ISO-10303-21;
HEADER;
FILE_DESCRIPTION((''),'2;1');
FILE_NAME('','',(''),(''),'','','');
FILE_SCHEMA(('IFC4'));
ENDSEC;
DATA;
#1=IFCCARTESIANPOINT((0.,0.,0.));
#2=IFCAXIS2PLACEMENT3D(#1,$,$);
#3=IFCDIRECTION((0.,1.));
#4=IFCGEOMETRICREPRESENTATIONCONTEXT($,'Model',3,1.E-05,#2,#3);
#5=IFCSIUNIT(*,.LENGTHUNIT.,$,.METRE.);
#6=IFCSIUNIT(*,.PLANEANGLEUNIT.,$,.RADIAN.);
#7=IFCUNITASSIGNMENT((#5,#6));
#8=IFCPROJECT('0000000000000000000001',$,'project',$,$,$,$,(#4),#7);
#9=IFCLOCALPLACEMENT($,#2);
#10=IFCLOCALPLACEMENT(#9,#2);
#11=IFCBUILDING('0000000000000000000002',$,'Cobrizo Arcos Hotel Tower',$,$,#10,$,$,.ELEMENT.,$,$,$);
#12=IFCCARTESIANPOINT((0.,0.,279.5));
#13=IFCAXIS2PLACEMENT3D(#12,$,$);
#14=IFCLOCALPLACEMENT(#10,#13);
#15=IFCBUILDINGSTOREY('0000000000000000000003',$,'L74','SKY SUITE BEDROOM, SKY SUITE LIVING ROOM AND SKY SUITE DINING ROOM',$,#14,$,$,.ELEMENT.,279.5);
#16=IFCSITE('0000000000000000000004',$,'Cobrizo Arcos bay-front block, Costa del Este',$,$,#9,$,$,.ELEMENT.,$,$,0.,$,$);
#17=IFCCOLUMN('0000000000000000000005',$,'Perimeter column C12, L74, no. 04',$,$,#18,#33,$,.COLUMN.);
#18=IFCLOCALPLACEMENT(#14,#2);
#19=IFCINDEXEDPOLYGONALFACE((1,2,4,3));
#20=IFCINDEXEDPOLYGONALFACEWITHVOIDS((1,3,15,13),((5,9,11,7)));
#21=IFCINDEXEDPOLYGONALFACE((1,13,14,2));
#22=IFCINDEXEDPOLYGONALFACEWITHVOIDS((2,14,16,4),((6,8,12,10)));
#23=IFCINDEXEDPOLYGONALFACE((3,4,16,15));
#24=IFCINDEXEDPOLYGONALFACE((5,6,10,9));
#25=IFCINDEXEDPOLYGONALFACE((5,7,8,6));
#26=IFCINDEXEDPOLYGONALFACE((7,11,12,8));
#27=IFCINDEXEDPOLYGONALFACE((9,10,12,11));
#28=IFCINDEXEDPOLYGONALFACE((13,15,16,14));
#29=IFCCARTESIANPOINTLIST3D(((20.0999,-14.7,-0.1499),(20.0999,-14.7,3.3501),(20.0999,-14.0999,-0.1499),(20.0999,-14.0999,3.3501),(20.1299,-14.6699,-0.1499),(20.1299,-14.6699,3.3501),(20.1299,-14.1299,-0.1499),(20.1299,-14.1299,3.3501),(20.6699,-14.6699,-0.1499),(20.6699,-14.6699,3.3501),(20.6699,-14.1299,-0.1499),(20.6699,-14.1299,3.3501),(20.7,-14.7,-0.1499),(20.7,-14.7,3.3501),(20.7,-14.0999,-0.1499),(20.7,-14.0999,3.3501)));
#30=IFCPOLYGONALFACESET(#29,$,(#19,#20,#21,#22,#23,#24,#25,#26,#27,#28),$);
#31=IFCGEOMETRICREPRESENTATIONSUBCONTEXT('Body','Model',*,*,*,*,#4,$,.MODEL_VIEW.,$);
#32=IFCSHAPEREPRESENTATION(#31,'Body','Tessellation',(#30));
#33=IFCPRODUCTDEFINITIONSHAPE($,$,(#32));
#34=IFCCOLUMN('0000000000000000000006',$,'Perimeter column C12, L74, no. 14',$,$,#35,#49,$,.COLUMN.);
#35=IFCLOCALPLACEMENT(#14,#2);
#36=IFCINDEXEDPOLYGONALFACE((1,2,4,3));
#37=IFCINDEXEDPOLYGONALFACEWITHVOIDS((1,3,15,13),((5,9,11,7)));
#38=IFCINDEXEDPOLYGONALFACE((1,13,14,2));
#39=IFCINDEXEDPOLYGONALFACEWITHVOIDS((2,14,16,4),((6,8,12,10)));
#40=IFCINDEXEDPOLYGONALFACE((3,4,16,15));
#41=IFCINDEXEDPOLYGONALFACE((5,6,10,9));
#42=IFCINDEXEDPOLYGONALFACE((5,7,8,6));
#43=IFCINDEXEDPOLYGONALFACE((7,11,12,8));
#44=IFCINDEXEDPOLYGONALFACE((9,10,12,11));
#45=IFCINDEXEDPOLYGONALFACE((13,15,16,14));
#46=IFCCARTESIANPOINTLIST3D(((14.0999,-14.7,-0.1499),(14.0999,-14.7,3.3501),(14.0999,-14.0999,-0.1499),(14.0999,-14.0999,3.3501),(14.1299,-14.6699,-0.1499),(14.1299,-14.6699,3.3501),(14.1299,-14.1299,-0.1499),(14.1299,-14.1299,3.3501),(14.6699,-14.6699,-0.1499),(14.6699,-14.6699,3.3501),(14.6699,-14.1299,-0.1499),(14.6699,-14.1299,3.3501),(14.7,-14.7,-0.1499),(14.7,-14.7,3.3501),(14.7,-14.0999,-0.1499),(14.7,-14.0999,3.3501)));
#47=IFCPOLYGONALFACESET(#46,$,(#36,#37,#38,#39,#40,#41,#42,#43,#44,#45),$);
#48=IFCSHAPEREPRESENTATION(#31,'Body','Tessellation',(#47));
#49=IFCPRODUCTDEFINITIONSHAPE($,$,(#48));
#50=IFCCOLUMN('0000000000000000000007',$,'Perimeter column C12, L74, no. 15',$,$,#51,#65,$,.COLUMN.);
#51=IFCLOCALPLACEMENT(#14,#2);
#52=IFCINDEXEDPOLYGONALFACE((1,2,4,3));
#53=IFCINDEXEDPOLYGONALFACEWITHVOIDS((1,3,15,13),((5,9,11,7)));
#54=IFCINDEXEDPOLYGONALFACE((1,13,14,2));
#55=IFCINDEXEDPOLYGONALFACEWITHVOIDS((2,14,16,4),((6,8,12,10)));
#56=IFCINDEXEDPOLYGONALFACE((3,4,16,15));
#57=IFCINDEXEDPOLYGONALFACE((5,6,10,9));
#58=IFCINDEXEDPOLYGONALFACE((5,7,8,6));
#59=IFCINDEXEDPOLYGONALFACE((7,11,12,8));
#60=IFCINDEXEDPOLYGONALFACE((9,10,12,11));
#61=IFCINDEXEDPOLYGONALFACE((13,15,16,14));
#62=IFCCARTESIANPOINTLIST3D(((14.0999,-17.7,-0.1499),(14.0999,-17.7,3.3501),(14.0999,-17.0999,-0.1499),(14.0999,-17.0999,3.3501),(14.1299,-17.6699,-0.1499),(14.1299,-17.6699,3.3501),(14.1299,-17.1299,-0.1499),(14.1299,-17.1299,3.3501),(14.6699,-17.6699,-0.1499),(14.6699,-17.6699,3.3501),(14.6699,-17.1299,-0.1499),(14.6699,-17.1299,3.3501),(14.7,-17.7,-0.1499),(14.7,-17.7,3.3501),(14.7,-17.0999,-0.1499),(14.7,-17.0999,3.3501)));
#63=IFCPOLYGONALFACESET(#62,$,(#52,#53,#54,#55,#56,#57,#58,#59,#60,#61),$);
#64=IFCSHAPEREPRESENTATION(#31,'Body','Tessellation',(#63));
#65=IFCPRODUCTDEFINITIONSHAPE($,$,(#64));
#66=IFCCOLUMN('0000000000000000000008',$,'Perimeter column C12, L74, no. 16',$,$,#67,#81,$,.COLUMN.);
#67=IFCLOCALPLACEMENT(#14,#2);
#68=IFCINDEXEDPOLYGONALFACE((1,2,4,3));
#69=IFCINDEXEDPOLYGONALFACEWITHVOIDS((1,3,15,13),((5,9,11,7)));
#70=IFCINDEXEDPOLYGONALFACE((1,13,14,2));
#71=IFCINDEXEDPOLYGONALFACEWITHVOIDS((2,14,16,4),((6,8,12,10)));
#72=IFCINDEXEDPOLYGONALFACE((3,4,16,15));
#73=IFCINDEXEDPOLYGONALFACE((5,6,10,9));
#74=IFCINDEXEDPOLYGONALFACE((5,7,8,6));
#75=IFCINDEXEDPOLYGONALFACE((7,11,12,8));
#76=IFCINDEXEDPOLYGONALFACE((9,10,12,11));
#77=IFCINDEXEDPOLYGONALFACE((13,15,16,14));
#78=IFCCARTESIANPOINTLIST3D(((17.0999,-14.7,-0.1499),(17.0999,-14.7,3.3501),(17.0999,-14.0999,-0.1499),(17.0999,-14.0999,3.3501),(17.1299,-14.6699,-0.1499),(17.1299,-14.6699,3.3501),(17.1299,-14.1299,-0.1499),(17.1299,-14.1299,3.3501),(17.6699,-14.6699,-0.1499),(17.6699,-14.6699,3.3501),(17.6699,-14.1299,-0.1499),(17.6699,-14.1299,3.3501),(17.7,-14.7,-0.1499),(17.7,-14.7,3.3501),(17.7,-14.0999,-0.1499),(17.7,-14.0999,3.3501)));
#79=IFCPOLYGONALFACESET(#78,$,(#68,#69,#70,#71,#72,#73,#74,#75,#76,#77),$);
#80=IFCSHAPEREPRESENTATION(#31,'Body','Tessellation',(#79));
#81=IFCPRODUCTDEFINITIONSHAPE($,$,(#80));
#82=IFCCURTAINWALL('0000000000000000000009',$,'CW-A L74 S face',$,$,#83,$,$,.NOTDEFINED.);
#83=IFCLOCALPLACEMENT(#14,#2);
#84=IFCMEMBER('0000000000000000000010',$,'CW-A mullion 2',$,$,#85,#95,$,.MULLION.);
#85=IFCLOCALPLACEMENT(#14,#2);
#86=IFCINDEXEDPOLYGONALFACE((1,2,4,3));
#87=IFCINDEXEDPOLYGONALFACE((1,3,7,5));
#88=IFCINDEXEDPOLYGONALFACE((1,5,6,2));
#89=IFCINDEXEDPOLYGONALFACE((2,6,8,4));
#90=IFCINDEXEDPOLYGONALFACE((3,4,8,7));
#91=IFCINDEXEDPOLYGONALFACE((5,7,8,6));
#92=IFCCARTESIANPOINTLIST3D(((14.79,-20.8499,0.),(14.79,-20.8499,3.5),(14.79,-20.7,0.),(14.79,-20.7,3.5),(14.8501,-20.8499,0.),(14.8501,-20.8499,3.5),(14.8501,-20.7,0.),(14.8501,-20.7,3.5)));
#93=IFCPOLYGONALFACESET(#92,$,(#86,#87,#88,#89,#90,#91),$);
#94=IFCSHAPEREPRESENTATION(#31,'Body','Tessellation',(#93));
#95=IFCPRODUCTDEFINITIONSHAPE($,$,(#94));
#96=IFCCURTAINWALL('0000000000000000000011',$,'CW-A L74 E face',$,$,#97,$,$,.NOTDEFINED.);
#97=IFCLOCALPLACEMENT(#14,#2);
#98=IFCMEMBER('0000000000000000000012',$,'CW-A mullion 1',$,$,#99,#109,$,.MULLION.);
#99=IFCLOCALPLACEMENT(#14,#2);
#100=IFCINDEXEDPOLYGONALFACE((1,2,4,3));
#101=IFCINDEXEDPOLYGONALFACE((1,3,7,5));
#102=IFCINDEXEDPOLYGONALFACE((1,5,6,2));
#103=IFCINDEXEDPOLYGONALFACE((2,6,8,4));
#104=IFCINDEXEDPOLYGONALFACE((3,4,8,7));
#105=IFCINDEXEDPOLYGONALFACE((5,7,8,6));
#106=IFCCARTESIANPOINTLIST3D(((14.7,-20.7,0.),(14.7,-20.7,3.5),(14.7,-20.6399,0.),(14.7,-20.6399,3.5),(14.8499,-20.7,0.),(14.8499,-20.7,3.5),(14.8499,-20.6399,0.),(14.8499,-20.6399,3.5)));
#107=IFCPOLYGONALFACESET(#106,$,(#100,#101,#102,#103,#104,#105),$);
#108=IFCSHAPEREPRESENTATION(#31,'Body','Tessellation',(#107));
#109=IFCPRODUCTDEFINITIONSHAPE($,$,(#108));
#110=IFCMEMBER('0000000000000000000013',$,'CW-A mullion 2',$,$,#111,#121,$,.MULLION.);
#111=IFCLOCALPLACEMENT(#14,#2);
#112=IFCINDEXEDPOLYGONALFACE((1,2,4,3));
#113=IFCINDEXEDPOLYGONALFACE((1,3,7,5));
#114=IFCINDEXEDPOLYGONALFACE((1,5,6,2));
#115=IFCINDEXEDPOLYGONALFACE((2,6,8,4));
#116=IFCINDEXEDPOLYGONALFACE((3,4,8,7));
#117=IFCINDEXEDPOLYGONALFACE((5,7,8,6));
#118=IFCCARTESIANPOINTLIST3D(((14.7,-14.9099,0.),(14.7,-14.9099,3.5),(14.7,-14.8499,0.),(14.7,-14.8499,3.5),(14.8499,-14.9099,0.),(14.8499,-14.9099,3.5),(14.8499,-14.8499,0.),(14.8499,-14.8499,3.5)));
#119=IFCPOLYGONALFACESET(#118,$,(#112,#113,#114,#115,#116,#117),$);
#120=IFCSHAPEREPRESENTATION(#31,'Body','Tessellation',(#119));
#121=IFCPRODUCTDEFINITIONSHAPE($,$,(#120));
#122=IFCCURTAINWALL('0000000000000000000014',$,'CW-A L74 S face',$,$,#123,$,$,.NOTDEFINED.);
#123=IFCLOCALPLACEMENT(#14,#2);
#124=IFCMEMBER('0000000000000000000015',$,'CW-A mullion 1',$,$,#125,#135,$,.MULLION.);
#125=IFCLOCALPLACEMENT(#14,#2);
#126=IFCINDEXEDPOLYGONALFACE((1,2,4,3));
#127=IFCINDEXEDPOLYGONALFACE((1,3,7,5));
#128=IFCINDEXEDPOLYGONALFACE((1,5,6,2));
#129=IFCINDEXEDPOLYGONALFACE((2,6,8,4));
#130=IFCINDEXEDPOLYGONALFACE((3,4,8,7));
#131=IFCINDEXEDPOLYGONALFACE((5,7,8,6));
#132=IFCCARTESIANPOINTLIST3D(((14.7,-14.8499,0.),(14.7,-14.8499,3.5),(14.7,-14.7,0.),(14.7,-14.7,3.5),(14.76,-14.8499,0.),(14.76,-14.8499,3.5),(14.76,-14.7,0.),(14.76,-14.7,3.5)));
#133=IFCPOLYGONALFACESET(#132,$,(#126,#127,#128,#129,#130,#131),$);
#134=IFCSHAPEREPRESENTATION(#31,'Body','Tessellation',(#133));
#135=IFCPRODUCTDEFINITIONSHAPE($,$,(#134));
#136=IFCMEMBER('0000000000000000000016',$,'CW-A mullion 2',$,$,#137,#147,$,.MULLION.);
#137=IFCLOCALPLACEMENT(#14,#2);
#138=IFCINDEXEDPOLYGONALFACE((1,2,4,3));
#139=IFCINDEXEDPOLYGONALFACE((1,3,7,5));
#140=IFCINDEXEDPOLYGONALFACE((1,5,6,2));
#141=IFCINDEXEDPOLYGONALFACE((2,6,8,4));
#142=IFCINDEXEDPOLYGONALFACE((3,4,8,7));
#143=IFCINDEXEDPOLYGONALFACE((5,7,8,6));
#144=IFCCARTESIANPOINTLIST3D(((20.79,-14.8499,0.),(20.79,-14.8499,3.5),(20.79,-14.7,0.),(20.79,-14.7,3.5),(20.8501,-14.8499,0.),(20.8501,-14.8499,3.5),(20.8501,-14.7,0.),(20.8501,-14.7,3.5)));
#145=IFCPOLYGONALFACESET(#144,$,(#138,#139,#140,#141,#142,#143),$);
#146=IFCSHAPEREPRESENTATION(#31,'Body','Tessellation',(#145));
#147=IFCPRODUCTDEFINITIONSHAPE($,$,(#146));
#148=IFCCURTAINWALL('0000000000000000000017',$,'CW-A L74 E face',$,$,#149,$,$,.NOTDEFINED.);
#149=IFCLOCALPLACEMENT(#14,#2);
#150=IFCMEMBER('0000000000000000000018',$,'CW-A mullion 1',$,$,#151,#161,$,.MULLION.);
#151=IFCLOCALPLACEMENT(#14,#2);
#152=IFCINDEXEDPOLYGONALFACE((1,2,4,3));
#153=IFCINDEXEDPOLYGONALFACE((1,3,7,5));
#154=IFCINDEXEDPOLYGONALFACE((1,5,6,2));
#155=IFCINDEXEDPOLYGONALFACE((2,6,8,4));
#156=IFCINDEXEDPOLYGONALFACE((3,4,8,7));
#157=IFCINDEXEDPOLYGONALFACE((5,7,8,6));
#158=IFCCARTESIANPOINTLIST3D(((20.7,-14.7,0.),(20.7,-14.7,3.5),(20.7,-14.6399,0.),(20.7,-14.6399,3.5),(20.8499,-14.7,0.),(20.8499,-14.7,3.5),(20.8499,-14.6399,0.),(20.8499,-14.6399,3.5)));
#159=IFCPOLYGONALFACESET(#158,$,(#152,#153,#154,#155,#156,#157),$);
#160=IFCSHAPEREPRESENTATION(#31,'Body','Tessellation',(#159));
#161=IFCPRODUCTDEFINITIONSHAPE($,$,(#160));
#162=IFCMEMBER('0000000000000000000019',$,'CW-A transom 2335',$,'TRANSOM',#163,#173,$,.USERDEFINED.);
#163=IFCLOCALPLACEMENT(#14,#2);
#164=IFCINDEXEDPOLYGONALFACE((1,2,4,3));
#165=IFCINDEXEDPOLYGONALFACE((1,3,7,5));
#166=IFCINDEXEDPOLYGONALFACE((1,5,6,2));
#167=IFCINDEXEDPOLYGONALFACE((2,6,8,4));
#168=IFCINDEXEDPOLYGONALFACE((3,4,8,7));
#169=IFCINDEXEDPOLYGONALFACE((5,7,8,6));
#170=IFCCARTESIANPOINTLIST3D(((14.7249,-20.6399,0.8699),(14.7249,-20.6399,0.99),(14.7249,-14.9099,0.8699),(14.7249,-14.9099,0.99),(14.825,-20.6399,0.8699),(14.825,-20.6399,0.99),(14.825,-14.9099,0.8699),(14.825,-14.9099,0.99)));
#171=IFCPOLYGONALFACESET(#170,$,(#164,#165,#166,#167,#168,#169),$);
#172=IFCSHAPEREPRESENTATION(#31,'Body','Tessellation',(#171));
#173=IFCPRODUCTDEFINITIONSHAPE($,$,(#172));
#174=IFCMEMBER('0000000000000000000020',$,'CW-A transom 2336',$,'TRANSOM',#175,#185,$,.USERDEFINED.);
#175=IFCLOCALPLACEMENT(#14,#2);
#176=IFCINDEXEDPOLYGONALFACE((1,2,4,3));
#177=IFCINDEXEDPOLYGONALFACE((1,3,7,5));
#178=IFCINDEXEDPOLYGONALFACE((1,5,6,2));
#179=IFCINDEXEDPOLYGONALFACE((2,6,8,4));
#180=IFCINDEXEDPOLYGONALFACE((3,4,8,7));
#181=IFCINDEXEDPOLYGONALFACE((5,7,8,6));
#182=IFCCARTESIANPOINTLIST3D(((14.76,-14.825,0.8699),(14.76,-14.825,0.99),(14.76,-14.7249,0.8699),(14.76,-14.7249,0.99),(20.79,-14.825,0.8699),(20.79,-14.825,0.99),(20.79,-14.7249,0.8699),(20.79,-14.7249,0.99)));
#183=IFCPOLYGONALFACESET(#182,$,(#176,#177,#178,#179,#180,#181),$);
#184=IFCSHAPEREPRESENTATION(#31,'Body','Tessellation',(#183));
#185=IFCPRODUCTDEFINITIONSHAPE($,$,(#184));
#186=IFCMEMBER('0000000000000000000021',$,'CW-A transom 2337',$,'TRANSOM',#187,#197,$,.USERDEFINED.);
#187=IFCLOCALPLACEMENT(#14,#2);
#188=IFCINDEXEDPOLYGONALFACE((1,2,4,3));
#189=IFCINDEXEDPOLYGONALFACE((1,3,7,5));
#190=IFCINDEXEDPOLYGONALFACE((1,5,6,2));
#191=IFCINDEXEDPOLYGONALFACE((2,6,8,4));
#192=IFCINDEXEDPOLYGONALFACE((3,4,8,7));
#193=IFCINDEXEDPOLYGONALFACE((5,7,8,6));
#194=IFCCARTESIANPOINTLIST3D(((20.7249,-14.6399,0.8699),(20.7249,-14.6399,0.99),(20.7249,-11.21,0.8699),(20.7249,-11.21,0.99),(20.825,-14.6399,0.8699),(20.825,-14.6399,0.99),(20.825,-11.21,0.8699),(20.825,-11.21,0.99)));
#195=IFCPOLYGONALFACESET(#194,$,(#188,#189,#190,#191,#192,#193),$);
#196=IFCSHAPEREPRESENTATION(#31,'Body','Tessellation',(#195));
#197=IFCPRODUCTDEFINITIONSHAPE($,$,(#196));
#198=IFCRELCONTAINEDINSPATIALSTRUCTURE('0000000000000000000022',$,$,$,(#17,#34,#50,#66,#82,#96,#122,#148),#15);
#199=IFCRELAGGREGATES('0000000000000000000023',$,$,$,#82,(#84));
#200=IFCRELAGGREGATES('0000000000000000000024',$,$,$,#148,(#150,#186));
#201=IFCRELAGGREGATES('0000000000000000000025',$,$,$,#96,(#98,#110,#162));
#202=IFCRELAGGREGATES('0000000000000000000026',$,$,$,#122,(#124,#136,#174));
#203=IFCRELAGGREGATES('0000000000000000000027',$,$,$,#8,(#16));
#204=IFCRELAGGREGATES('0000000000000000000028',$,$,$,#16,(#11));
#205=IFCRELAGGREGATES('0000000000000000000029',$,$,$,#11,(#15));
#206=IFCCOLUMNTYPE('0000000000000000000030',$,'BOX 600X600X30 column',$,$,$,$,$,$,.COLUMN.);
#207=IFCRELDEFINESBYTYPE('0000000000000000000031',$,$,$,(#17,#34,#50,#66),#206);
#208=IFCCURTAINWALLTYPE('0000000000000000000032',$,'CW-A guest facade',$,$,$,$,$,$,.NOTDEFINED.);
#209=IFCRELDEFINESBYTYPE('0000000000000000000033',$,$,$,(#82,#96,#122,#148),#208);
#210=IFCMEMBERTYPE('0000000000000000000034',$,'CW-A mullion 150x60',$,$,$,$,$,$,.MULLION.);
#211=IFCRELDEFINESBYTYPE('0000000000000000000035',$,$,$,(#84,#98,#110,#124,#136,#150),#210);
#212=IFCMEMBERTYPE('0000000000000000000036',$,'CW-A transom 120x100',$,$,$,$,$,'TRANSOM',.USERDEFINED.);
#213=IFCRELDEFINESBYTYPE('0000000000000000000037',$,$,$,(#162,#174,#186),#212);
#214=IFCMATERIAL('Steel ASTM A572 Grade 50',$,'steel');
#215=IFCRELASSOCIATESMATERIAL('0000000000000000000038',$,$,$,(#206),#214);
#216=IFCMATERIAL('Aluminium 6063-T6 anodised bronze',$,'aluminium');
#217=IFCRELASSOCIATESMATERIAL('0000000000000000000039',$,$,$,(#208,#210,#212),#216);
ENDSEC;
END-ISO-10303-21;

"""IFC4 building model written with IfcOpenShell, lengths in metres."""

from ifc_helpers import new_model, si_unit, direction, frame, origin, origin_2d, place, context, subcontext, project, spatial, rectangle, hollow_rectangle, extrude, material, material_profile, profile_set, type_object, element, aggregate, save


model = new_model("IFC4")

# Units and contexts
model_context = context("Model", 3, precision=1e-05, world=origin(), true_north=direction((0.0, 1.0)))
body_context = subcontext(model_context, "Body", "Model", "MODEL_VIEW")
ifc_project = project(units=[si_unit("LENGTHUNIT", "METRE"), si_unit("PLANEANGLEUNIT", "RADIAN")], contexts=[model_context])

# Site, building, storey
site_placement = place(None, origin())
site = spatial("IfcSite", under=ifc_project, at=site_placement, Name="Cobrizo Arcos bay-front block, Costa del Este", CompositionType="ELEMENT", RefElevation=0.0)
building_placement = place(site_placement, origin())
building = spatial("IfcBuilding", under=site, at=building_placement, Name="Cobrizo Arcos Hotel Tower", CompositionType="ELEMENT")
storey_placement = place(building_placement, frame((0.0, 0.0, 279.5)))
storey = spatial("IfcBuildingStorey", under=building, at=storey_placement, Name="L74", Description="SKY SUITE BEDROOM, SKY SUITE LIVING ROOM AND SKY SUITE DINING ROOM", CompositionType="ELEMENT", Elevation=279.5)

# Columns
ifc_material_1 = material(Name="Steel ASTM A572 Grade 50", Category="steel")
ifc_material_profile_1 = material_profile(ifc_material_1, hollow_rectangle(XDim=0.6001, YDim=0.6001, WallThickness=0.03, at=origin_2d()), Name="BOX 600X600X30")
ifc_profile_set_1 = profile_set([ifc_material_profile_1], Name="Steel ASTM A572 Grade 50")
column_type = type_object("IfcColumnType", Name="BOX 600X600X30 column", PredefinedType="COLUMN", material=ifc_profile_set_1)
for number, where, z_axis, x_axis, name in (
    (1, (20.3999, -14.3999, -0.1499), (0.0, 0.0, 1.0), (1.0, 0.0, 0.0), "Perimeter column C12, L74, no. 04"),
    (2, (14.3999, -14.3999, -0.1499), (0.0, 0.0, 1.0), (1.0, 0.0, 0.0), "Perimeter column C12, L74, no. 14"),
    (3, (14.3999, -17.3999, -0.1499), (0.0, 0.0, 1.0), (1.0, 0.0, 0.0), "Perimeter column C12, L74, no. 15"),
    (4, (17.3999, -14.3999, -0.1499), (0.0, 0.0, 1.0), (1.0, 0.0, 0.0), "Perimeter column C12, L74, no. 16"),
):
    element("IfcColumn", number, at=place(storey_placement, frame(where, z_axis=z_axis, x_axis=x_axis)), inside=storey, type_object=column_type, Name=name, PredefinedType="COLUMN", context=body_context, shape_type="SweptSolid", body=[
        extrude(hollow_rectangle(XDim=0.6001, YDim=0.6001, WallThickness=0.03, at=origin_2d()), origin(), (0.0, 0.0, 1.0), 3.5),
    ])

# Curtain wall, member
ifc_material_2 = material(Name="Aluminium 6063-T6 anodised bronze", Category="aluminium")
curtain_wall_type = type_object("IfcCurtainWallType", Name="CW-A guest facade", PredefinedType="NOTDEFINED", material=ifc_material_2)
curtain_wall_1_placement = place(storey_placement, origin())
curtain_wall_1 = element("IfcCurtainWall", 5, at=curtain_wall_1_placement, inside=storey, type_object=curtain_wall_type, Name="CW-A L74 S face", PredefinedType="NOTDEFINED")
ifc_material_profile_2 = material_profile(ifc_material_2, rectangle(XDim=0.1499, YDim=0.0601, at=origin_2d()), Name="CW-A mullion 150x60")
ifc_profile_set_2 = profile_set([ifc_material_profile_2], Name="Aluminium 6063-T6 anodised bronze")
member_type_1 = type_object("IfcMemberType", Name="CW-A mullion 150x60", PredefinedType="MULLION", material=ifc_profile_set_2)
member_1_placement = place(storey_placement, frame((14.8201, -20.7749, 0.0), z_axis=(0.0, 0.0, 1.0), x_axis=(0.0, -1.0, 0.0)))
member_1 = element("IfcMember", 6, at=member_1_placement, type_object=member_type_1, Name="CW-A mullion 2", PredefinedType="MULLION", context=body_context, shape_type="SweptSolid", body=[
    extrude(rectangle(XDim=0.1499, YDim=0.0601, at=origin_2d()), origin(), (0.0, 0.0, 1.0), 3.5),
])
aggregate(curtain_wall_1, [member_1])

# Curtain walls, members
curtain_wall_2_placement = place(storey_placement, origin())
curtain_wall_2 = element("IfcCurtainWall", 7, at=curtain_wall_2_placement, inside=storey, type_object=curtain_wall_type, Name="CW-A L74 E face", PredefinedType="NOTDEFINED")
member_2_placement = place(storey_placement, frame((14.7749, -20.6699, 0.0), z_axis=(0.0, 0.0, 1.0), x_axis=(1.0, 0.0, 0.0)))
member_2 = element("IfcMember", 8, at=member_2_placement, type_object=member_type_1, Name="CW-A mullion 1", PredefinedType="MULLION", context=body_context, shape_type="SweptSolid", body=[
    extrude(rectangle(XDim=0.1499, YDim=0.0601, at=origin_2d()), origin(), (0.0, 0.0, 1.0), 3.5),
])
member_3_placement = place(storey_placement, frame((14.7749, -14.8799, 0.0), z_axis=(0.0, 0.0, 1.0), x_axis=(1.0, 0.0, 0.0)))
member_3 = element("IfcMember", 9, at=member_3_placement, type_object=member_type_1, Name="CW-A mullion 2", PredefinedType="MULLION", context=body_context, shape_type="SweptSolid", body=[
    extrude(rectangle(XDim=0.1499, YDim=0.0601, at=origin_2d()), origin(), (0.0, 0.0, 1.0), 3.5),
])
curtain_wall_3_placement = place(storey_placement, origin())
curtain_wall_3 = element("IfcCurtainWall", 10, at=curtain_wall_3_placement, inside=storey, type_object=curtain_wall_type, Name="CW-A L74 S face", PredefinedType="NOTDEFINED")
member_4_placement = place(storey_placement, frame((14.73, -14.7749, 0.0), z_axis=(0.0, 0.0, 1.0), x_axis=(0.0, -1.0, 0.0)))
member_4 = element("IfcMember", 11, at=member_4_placement, type_object=member_type_1, Name="CW-A mullion 1", PredefinedType="MULLION", context=body_context, shape_type="SweptSolid", body=[
    extrude(rectangle(XDim=0.1499, YDim=0.0601, at=origin_2d()), origin(), (0.0, 0.0, 1.0), 3.5),
])
member_5_placement = place(storey_placement, frame((20.8201, -14.7749, 0.0), z_axis=(0.0, 0.0, 1.0), x_axis=(0.0, -1.0, 0.0)))
member_5 = element("IfcMember", 12, at=member_5_placement, type_object=member_type_1, Name="CW-A mullion 2", PredefinedType="MULLION", context=body_context, shape_type="SweptSolid", body=[
    extrude(rectangle(XDim=0.1499, YDim=0.0601, at=origin_2d()), origin(), (0.0, 0.0, 1.0), 3.5),
])

# Curtain wall, member
curtain_wall_4_placement = place(storey_placement, origin())
curtain_wall_4 = element("IfcCurtainWall", 13, at=curtain_wall_4_placement, inside=storey, type_object=curtain_wall_type, Name="CW-A L74 E face", PredefinedType="NOTDEFINED")
member_6_placement = place(storey_placement, frame((20.7749, -14.6699, 0.0), z_axis=(0.0, 0.0, 1.0), x_axis=(1.0, 0.0, 0.0)))
member_6 = element("IfcMember", 14, at=member_6_placement, type_object=member_type_1, Name="CW-A mullion 1", PredefinedType="MULLION", context=body_context, shape_type="SweptSolid", body=[
    extrude(rectangle(XDim=0.1499, YDim=0.0601, at=origin_2d()), origin(), (0.0, 0.0, 1.0), 3.5),
])

# Members
ifc_material_profile_3 = material_profile(ifc_material_2, rectangle(XDim=0.1001, YDim=0.1201, at=origin_2d()), Name="CW-A transom 120x100")
ifc_profile_set_3 = profile_set([ifc_material_profile_3], Name="Aluminium 6063-T6 anodised bronze")
member_type_2 = type_object("IfcMemberType", Name="CW-A transom 120x100", ElementType="TRANSOM", PredefinedType="USERDEFINED", material=ifc_profile_set_3)
member_7_placement = place(storey_placement, frame((14.7749, -20.6399, 0.9299), z_axis=(0.0, 1.0, 0.0), x_axis=(-1.0, 0.0, 0.0)))
member_7 = element("IfcMember", 15, at=member_7_placement, type_object=member_type_2, Name="CW-A transom 2335", ObjectType="TRANSOM", PredefinedType="USERDEFINED", context=body_context, shape_type="SweptSolid", body=[
    extrude(rectangle(XDim=0.1001, YDim=0.1201, at=origin_2d()), origin(), (0.0, 0.0, 1.0), 5.73),
])
member_8_placement = place(storey_placement, frame((14.76, -14.7749, 0.9299), z_axis=(1.0, 0.0, 0.0), x_axis=(0.0, 1.0, 0.0)))
member_8 = element("IfcMember", 16, at=member_8_placement, type_object=member_type_2, Name="CW-A transom 2336", ObjectType="TRANSOM", PredefinedType="USERDEFINED", context=body_context, shape_type="SweptSolid", body=[
    extrude(rectangle(XDim=0.1001, YDim=0.1201, at=origin_2d()), origin(), (0.0, 0.0, 1.0), 6.03),
])
member_9_placement = place(storey_placement, frame((20.7749, -14.6399, 0.9299), z_axis=(0.0, 1.0, 0.0), x_axis=(-1.0, 0.0, 0.0)))
member_9 = element("IfcMember", 17, at=member_9_placement, type_object=member_type_2, Name="CW-A transom 2337", ObjectType="TRANSOM", PredefinedType="USERDEFINED", context=body_context, shape_type="SweptSolid", body=[
    extrude(rectangle(XDim=0.1001, YDim=0.1201, at=origin_2d()), origin(), (0.0, 0.0, 1.0), 3.4299),
])
aggregate(curtain_wall_4, [member_6, member_9])

aggregate(curtain_wall_2, [member_2, member_3, member_7])
aggregate(curtain_wall_3, [member_4, member_5, member_8])

save(model, "model.ifc")
